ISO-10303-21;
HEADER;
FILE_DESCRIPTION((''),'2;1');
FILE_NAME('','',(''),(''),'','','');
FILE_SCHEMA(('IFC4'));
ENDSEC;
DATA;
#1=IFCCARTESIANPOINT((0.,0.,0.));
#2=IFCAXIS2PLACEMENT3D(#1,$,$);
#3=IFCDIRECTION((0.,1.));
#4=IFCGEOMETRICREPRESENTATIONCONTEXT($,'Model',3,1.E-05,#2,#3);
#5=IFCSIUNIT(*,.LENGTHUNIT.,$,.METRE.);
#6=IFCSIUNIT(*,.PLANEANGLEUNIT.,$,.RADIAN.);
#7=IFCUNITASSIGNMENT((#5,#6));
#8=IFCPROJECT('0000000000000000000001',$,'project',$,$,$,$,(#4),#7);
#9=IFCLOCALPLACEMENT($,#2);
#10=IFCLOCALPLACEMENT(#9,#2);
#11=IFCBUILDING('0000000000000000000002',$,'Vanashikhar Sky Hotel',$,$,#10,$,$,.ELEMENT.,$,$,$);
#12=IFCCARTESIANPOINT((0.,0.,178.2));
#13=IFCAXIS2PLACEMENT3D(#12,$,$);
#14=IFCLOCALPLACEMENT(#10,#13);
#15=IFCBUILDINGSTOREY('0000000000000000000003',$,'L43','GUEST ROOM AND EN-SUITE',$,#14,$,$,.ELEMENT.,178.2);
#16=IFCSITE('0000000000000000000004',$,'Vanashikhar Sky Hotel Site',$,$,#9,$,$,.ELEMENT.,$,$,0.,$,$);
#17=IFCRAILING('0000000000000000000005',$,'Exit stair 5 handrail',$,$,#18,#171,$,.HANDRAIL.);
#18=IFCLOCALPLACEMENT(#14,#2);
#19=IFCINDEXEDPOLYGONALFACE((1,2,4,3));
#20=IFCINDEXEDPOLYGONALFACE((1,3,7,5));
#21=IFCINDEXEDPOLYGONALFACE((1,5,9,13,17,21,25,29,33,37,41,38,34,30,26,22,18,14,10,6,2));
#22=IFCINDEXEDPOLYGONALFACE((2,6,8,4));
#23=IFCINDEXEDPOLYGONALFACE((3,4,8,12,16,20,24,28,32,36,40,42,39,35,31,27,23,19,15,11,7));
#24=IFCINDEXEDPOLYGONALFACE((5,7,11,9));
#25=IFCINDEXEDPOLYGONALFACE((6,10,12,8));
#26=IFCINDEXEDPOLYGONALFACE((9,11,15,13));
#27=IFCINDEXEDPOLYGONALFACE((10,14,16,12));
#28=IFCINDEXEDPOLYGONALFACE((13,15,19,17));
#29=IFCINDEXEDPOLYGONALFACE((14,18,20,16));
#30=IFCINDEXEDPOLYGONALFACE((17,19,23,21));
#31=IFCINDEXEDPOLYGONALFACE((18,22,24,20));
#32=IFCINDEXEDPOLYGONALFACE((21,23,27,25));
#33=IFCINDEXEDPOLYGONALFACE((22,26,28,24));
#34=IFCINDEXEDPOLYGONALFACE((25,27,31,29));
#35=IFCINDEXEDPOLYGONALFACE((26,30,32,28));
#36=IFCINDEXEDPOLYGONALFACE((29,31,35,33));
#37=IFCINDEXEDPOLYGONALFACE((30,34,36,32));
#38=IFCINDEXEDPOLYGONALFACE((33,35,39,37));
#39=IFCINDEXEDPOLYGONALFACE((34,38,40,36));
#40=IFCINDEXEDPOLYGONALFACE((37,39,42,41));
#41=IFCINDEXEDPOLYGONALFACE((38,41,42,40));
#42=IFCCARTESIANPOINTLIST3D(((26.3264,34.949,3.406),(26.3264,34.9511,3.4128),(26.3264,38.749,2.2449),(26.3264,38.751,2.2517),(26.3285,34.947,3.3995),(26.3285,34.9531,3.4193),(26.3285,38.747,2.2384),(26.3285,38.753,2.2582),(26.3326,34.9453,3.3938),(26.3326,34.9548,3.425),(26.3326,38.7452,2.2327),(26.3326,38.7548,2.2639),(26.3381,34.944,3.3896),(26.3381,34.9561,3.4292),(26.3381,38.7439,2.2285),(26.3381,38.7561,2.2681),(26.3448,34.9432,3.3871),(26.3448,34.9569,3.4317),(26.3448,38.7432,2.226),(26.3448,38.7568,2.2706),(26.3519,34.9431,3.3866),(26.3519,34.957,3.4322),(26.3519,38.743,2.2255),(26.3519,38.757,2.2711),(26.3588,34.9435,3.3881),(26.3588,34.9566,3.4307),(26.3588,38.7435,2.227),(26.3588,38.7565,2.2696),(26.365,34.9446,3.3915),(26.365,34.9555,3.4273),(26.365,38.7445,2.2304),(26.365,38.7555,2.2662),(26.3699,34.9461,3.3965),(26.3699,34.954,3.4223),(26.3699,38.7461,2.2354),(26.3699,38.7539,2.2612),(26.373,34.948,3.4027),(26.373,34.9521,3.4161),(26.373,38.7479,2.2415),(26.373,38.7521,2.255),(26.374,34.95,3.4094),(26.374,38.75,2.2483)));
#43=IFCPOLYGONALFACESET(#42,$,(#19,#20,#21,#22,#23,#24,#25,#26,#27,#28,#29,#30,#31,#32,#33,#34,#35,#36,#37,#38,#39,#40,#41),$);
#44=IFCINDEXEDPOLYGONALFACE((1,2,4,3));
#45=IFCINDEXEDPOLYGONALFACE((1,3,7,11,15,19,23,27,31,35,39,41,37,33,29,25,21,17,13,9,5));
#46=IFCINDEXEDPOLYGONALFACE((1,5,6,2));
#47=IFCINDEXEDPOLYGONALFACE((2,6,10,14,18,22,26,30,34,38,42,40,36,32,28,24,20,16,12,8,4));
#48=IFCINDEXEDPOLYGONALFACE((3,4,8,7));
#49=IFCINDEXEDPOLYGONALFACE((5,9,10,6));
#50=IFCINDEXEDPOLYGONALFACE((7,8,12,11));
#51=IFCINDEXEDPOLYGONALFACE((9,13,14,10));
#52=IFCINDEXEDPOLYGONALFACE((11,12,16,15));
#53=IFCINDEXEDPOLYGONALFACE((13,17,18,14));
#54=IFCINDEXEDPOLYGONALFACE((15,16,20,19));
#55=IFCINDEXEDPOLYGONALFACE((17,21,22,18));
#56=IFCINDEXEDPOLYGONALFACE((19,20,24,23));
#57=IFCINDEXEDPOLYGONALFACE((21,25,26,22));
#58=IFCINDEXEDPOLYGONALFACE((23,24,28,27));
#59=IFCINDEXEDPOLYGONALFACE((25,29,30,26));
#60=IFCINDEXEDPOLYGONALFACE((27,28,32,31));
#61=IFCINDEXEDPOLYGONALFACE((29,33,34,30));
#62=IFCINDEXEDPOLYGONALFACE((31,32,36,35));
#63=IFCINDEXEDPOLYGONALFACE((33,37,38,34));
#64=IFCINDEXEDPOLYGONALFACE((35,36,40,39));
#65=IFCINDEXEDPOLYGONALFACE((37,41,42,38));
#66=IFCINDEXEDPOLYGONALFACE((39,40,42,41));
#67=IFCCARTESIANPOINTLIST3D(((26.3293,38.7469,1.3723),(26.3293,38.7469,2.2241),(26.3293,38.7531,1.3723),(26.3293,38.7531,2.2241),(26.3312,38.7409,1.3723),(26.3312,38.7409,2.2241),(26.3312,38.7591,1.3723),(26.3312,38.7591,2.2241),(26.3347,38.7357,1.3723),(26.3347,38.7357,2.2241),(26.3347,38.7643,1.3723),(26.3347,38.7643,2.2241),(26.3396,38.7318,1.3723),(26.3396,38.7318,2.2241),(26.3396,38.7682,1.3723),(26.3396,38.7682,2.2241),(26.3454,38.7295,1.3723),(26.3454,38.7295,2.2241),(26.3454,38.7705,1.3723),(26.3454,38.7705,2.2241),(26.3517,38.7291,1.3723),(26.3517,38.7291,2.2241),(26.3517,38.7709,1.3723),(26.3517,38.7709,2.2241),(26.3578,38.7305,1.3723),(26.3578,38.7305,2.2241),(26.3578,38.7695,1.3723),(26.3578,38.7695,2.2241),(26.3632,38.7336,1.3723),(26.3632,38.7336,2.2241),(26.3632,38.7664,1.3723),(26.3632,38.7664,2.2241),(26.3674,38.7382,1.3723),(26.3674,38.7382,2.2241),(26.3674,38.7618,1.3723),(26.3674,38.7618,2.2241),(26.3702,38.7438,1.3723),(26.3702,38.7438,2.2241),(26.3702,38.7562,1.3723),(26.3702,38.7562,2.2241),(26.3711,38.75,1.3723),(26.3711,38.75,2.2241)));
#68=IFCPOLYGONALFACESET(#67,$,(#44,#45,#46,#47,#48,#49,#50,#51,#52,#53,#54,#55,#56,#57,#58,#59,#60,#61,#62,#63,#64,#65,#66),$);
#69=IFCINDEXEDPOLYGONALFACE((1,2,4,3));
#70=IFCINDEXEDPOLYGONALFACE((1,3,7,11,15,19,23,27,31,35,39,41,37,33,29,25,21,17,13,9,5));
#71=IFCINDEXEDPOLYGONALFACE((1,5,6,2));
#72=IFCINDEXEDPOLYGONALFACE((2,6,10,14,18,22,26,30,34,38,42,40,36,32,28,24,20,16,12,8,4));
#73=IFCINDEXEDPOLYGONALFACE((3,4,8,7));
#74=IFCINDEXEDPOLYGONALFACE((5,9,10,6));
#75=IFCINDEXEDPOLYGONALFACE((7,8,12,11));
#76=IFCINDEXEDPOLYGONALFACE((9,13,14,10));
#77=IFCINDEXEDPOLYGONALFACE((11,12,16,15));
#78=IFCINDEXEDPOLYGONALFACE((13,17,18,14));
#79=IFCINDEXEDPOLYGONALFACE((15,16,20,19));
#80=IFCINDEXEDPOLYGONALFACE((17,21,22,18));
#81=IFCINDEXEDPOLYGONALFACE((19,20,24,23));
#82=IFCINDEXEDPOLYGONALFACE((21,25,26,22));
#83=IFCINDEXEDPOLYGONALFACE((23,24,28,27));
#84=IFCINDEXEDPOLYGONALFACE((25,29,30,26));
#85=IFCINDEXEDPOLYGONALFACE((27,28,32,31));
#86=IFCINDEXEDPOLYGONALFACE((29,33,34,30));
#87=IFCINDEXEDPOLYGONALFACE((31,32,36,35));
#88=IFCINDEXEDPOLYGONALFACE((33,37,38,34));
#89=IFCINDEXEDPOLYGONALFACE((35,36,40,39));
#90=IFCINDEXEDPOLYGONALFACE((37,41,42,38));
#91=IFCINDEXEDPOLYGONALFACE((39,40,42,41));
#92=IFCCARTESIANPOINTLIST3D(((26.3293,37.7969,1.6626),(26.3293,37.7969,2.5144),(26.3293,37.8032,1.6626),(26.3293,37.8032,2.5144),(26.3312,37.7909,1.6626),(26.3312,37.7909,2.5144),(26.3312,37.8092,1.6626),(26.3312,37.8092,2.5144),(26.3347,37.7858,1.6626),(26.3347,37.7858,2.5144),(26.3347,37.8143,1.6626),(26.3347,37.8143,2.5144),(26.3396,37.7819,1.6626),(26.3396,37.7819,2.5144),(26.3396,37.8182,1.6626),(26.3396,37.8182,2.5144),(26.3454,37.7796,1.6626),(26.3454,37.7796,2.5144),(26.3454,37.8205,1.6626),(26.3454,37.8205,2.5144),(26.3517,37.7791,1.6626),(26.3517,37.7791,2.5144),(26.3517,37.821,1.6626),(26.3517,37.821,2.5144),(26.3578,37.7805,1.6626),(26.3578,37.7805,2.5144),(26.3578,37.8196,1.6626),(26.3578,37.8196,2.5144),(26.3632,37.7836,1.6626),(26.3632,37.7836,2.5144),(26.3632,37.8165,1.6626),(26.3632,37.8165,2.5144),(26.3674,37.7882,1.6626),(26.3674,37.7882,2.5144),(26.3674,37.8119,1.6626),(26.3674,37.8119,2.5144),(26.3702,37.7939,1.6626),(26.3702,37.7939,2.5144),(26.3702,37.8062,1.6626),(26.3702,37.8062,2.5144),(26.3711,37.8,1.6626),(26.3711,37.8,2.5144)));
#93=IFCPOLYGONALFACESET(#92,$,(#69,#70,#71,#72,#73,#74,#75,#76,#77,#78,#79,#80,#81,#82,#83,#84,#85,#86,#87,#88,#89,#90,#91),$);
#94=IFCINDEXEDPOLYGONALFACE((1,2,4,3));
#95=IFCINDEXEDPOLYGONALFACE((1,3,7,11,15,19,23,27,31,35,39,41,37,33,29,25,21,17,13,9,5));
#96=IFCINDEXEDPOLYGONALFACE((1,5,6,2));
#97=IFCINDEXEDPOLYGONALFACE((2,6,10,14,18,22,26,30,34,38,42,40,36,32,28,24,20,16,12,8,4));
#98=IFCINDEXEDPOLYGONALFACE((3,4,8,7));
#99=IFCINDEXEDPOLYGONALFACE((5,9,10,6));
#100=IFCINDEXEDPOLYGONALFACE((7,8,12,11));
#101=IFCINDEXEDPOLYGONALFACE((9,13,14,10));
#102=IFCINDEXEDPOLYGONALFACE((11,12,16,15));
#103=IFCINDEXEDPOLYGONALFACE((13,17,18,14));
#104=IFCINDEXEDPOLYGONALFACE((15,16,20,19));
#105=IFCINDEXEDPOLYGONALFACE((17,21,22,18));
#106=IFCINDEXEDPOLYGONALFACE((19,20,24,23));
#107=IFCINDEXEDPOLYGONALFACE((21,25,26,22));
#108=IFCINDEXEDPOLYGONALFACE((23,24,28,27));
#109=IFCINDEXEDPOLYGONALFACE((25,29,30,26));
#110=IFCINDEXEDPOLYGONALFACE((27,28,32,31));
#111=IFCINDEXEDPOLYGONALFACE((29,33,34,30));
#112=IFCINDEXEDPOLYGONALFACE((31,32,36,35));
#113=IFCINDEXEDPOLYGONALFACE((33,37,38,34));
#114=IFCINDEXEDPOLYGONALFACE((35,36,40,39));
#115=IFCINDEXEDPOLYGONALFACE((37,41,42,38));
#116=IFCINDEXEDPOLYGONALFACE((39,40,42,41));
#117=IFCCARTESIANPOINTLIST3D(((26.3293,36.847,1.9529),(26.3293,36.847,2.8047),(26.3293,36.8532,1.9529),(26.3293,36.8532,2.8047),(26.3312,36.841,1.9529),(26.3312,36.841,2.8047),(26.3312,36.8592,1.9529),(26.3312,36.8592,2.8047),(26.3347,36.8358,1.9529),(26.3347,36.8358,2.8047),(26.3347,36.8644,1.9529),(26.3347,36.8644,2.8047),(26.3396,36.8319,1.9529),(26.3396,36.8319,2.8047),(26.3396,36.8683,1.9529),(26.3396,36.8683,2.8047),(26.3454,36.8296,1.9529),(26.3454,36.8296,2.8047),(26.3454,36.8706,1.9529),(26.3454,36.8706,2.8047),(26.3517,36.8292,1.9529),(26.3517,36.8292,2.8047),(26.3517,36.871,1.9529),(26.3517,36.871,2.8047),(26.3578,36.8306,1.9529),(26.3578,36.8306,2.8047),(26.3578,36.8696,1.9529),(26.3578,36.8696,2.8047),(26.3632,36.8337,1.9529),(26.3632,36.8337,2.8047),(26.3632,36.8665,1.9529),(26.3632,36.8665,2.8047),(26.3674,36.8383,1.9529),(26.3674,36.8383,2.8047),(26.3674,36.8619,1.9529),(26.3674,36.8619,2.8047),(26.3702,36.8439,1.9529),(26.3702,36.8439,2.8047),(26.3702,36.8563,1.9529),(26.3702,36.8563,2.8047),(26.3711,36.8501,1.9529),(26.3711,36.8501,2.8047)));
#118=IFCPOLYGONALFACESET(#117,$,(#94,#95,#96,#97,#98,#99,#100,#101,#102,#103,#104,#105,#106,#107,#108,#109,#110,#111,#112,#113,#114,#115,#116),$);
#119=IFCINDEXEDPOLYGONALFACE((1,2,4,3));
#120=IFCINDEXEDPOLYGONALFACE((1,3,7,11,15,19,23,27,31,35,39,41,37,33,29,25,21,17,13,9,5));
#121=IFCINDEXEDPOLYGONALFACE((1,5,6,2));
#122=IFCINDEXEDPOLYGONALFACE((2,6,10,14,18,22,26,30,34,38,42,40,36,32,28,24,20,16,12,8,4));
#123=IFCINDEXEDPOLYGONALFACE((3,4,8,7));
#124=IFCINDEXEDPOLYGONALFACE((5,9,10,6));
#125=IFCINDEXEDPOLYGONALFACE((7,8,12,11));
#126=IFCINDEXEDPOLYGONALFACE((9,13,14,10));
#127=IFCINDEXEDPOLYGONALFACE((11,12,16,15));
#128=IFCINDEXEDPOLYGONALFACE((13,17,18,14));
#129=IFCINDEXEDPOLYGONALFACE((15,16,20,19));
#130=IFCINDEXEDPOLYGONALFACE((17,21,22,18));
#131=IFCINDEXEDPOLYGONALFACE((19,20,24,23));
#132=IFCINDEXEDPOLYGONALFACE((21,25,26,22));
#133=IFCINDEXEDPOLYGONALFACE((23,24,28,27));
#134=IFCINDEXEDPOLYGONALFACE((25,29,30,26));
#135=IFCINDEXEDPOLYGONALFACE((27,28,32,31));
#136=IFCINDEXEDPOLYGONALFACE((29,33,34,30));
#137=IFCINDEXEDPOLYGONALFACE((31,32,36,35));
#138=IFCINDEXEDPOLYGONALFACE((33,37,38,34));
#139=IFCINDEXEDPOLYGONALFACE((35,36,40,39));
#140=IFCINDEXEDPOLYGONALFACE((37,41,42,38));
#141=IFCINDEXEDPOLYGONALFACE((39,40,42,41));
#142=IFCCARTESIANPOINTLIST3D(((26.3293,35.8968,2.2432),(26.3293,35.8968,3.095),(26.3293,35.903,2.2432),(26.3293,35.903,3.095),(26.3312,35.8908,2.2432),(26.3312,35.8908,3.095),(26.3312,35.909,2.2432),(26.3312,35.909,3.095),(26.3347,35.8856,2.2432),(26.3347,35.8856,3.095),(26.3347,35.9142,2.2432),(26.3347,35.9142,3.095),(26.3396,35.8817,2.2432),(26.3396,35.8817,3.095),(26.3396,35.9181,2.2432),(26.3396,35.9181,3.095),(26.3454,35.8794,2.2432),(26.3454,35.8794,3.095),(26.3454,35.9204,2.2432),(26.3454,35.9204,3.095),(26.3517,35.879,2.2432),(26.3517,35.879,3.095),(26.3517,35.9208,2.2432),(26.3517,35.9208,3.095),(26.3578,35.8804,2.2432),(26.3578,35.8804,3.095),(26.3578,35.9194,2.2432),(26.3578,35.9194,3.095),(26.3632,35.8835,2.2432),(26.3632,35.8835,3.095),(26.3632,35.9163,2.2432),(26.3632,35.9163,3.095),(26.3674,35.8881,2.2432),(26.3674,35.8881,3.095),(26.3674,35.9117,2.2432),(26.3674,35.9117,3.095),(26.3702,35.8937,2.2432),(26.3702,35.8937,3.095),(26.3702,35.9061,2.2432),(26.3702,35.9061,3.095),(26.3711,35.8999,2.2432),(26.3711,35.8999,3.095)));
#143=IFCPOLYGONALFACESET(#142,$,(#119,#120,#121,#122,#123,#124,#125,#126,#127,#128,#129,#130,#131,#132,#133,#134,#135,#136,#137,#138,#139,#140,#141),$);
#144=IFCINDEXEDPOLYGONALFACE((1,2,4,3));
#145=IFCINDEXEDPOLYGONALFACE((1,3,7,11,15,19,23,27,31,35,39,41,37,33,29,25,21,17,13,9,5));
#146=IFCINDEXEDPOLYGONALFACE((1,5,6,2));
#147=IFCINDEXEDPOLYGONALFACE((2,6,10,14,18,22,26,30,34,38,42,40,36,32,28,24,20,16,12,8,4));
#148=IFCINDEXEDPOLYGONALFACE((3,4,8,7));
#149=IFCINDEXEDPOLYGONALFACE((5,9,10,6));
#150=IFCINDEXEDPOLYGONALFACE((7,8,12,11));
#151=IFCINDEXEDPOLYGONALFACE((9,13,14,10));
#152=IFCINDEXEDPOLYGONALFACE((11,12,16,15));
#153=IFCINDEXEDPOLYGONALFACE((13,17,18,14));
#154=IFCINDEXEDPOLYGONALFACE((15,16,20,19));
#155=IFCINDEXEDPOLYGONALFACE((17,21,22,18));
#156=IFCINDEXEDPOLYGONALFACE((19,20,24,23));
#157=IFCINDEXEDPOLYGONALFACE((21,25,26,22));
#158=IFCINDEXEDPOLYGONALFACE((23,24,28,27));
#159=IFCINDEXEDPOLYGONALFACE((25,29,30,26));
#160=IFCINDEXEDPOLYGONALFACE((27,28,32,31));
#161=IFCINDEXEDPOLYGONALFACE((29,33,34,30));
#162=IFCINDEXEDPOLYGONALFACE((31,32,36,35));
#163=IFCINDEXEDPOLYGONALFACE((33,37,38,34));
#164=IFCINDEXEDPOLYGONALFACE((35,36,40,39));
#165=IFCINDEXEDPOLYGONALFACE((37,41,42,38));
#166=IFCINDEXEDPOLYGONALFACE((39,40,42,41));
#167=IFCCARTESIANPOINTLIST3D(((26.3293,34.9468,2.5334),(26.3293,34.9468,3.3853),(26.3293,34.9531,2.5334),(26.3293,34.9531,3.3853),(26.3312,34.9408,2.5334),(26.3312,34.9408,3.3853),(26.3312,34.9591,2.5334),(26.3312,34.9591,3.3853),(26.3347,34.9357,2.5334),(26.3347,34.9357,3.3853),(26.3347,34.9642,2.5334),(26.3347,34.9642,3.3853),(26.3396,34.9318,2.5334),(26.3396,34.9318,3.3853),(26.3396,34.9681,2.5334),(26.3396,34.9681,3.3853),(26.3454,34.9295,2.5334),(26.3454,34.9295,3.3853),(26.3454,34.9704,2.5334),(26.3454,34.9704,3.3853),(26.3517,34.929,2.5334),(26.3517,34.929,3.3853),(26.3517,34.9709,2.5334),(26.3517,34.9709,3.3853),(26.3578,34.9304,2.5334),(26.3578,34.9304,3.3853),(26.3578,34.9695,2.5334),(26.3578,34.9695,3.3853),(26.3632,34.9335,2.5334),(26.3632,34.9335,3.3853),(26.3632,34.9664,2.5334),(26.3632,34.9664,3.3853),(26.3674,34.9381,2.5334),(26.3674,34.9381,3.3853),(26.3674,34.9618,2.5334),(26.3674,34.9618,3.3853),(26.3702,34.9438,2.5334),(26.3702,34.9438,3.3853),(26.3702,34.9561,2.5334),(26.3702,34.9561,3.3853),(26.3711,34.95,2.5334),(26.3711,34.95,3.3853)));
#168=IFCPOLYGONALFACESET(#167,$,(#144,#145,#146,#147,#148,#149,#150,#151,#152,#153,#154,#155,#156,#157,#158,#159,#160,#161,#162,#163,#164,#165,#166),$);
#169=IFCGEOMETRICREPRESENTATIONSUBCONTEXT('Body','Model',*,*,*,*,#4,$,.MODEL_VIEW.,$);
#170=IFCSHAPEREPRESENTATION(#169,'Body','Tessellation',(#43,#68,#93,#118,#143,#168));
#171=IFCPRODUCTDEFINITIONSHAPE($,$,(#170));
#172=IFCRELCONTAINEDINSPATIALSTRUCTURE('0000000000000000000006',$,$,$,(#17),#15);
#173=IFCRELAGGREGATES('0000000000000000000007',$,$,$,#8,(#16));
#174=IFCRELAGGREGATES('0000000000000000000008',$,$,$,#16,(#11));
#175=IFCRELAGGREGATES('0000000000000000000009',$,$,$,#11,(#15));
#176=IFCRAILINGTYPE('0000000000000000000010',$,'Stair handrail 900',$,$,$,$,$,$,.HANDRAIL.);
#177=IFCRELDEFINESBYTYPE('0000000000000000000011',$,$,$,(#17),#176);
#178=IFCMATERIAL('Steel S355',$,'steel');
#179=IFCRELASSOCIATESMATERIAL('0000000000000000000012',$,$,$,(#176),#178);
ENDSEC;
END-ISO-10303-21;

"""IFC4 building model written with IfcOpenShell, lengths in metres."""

from ifc_helpers import new_model, si_unit, direction, frame, origin, origin_2d, place, context, subcontext, project, spatial, circle, extrude, source, transform, mapped, material, type_object, element, save


model = new_model("IFC4")

# Units and contexts
model_context = context("Model", 3, precision=1e-05, world=origin(), true_north=direction((0.0, 1.0)))
body_context = subcontext(model_context, "Body", "Model", "MODEL_VIEW")
ifc_project = project(units=[si_unit("LENGTHUNIT", "METRE"), si_unit("PLANEANGLEUNIT", "RADIAN")], contexts=[model_context])

# Site, building, storey
site_placement = place(None, origin())
site = spatial("IfcSite", under=ifc_project, at=site_placement, Name="Vanashikhar Sky Hotel Site", CompositionType="ELEMENT", RefElevation=0.0)
building_placement = place(site_placement, origin())
building = spatial("IfcBuilding", under=site, at=building_placement, Name="Vanashikhar Sky Hotel", CompositionType="ELEMENT")
storey_placement = place(building_placement, frame((0.0, 0.0, 178.2)))
storey = spatial("IfcBuildingStorey", under=building, at=storey_placement, Name="L43", Description="GUEST ROOM AND EN-SUITE", CompositionType="ELEMENT", Elevation=178.2)

# Railing
ifc_material_1 = material(Name="Steel S355", Category="steel")
railing_type_1 = type_object("IfcRailingType", Name="Stair handrail 900", PredefinedType="HANDRAIL", material=ifc_material_1)
shared_shape_1 = source(origin(), body_context, "Body", "SweptSolid", [
    extrude(circle(Radius=0.0239, at=origin_2d()), frame((0.0, 0.0, 0.876), z_axis=(0.0, -0.956351, 0.29222), x_axis=(1.0, 0.0, 0.0)), (0.0, 0.0, 1.0), 3.9734),
    extrude(circle(Radius=0.021, at=origin_2d()), origin(), (0.0, 0.0, 1.0), 0.8518),
    extrude(circle(Radius=0.021, at=origin_2d()), frame((0.0, -0.95, 0.2903)), (0.0, 0.0, 1.0), 0.8518),
    extrude(circle(Radius=0.021, at=origin_2d()), frame((0.0, -1.8999, 0.5806)), (0.0, 0.0, 1.0), 0.8518),
    extrude(circle(Radius=0.021, at=origin_2d()), frame((0.0, -2.8501, 0.8708)), (0.0, 0.0, 1.0), 0.8518),
    extrude(circle(Radius=0.021, at=origin_2d()), frame((0.0, -3.8, 1.1611)), (0.0, 0.0, 1.0), 0.8518),
])
for number, where, name in (
    (1, (26.3501, 38.75, 1.3723), "Exit stair 5 handrail"),
):
    element("IfcRailing", number, at=place(storey_placement, frame(where)), inside=storey, type_object=railing_type_1, Name=name, PredefinedType="HANDRAIL", context=body_context, shape_type="MappedRepresentation", body=[
        mapped(shared_shape_1, transform((0.0, 0.0, 0.0), scale=1.0)),
    ])

save(model, "model.ifc")
